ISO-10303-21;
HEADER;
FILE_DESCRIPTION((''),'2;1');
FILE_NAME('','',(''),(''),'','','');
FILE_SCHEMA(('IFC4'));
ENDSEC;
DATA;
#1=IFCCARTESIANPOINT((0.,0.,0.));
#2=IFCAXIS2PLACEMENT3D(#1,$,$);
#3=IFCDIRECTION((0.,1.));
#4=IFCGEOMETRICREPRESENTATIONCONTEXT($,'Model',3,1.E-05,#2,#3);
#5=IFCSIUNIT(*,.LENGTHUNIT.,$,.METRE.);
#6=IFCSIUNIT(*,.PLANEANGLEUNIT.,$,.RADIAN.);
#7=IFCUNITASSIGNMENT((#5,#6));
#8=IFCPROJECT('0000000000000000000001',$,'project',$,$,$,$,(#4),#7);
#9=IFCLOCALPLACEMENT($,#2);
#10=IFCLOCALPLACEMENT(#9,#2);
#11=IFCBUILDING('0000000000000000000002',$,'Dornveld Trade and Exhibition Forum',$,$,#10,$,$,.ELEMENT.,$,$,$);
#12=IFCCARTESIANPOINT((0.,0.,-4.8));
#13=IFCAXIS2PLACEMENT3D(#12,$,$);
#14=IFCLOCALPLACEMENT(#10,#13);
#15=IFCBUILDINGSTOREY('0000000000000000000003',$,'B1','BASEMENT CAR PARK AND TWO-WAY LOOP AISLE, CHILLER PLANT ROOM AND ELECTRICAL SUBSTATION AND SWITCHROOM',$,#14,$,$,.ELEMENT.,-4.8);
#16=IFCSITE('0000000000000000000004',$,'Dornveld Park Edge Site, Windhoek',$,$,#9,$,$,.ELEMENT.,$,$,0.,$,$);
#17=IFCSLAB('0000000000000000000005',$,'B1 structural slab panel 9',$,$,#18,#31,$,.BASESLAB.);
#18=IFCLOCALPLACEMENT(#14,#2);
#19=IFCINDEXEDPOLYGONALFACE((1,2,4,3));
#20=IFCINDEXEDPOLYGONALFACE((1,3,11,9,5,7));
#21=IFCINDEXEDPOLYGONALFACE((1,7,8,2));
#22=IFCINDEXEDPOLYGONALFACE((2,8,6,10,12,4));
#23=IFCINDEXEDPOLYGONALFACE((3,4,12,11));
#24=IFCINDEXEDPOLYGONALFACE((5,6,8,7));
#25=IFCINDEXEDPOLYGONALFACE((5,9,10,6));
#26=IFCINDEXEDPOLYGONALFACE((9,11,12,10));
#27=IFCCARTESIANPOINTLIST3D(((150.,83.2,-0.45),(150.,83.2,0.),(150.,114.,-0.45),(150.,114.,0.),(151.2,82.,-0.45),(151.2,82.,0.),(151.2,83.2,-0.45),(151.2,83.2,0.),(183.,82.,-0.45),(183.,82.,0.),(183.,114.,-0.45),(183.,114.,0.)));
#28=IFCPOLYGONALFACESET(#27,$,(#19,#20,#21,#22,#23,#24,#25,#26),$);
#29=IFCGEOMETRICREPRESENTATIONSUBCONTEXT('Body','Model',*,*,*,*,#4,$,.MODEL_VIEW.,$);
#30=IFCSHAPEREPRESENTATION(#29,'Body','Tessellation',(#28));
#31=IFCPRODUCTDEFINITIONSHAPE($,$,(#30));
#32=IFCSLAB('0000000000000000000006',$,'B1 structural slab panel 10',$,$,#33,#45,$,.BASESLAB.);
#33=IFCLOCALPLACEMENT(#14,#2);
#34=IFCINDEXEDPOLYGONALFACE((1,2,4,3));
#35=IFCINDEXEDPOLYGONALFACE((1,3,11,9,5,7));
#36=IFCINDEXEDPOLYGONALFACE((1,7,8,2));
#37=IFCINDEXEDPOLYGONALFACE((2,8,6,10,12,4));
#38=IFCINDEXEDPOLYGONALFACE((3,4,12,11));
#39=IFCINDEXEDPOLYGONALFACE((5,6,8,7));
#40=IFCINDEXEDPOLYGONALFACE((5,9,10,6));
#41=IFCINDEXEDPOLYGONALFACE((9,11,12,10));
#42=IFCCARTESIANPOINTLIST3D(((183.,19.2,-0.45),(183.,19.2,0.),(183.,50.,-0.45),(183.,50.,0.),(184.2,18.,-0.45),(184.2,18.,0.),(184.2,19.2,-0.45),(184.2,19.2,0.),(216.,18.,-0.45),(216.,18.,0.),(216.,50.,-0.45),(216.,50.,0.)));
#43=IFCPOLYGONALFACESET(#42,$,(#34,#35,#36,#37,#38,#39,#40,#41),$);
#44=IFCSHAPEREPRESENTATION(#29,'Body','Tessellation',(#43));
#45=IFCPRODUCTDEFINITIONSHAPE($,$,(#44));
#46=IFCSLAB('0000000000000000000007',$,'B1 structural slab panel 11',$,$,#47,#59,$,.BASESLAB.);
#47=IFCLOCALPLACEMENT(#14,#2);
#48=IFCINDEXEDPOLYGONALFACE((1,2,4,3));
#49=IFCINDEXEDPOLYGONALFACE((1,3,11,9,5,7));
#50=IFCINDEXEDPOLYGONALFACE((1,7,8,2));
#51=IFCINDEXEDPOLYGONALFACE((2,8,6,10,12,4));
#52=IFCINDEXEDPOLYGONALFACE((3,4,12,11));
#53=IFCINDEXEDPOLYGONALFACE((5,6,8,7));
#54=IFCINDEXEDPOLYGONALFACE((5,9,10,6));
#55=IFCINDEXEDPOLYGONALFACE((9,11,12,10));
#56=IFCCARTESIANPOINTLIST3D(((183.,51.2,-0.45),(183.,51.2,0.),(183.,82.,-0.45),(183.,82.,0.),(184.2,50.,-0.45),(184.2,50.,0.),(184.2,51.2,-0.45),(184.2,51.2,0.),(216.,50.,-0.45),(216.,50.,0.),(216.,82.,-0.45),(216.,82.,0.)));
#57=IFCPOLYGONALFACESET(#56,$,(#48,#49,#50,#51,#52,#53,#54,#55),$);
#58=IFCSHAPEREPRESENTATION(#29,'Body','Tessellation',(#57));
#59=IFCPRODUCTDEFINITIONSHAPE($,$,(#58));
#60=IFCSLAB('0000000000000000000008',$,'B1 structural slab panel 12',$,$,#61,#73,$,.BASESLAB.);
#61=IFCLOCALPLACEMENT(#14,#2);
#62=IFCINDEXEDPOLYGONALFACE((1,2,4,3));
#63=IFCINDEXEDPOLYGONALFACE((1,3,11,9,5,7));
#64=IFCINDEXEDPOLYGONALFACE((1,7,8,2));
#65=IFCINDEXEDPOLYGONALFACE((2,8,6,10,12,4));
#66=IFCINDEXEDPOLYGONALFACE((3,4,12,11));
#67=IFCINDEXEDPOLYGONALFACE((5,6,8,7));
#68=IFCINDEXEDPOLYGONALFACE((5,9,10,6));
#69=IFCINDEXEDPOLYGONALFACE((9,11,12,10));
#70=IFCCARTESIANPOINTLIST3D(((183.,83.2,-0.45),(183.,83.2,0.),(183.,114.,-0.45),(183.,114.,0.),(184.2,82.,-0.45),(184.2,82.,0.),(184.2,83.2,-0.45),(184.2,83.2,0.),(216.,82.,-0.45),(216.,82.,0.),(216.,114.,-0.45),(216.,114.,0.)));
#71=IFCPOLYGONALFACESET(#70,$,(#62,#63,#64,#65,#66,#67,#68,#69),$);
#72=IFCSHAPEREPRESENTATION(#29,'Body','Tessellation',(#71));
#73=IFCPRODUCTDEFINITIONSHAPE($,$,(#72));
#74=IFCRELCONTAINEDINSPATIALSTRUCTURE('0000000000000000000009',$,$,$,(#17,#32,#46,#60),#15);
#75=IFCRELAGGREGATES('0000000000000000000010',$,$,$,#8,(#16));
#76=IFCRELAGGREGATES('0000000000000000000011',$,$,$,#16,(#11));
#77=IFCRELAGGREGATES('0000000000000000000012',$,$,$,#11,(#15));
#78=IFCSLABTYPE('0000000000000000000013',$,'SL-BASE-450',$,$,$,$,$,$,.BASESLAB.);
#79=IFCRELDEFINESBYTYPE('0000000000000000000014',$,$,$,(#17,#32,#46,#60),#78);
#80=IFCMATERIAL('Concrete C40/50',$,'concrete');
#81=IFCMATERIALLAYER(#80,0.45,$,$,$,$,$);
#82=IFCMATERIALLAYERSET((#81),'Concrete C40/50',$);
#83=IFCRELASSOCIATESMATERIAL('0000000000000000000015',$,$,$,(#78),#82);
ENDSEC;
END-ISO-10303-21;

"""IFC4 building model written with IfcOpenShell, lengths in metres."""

from ifc_helpers import new_model, si_unit, direction, frame, origin, place, context, subcontext, project, spatial, polyline, outline, extrude, material, layer, layer_set, type_object, element, save


model = new_model("IFC4")

# Units and contexts
model_context = context("Model", 3, precision=1e-05, world=origin(), true_north=direction((0.0, 1.0)))
body_context = subcontext(model_context, "Body", "Model", "MODEL_VIEW")
ifc_project = project(units=[si_unit("LENGTHUNIT", "METRE"), si_unit("PLANEANGLEUNIT", "RADIAN")], contexts=[model_context])

# Site, building, storey
site_placement = place(None, origin())
site = spatial("IfcSite", under=ifc_project, at=site_placement, Name="Dornveld Park Edge Site, Windhoek", CompositionType="ELEMENT", RefElevation=0.0)
building_placement = place(site_placement, origin())
building = spatial("IfcBuilding", under=site, at=building_placement, Name="Dornveld Trade and Exhibition Forum", CompositionType="ELEMENT")
storey_placement = place(building_placement, frame((0.0, 0.0, -4.8)))
storey = spatial("IfcBuildingStorey", under=building, at=storey_placement, Name="B1", Description="BASEMENT CAR PARK AND TWO-WAY LOOP AISLE, CHILLER PLANT ROOM AND ELECTRICAL SUBSTATION AND SWITCHROOM", CompositionType="ELEMENT", Elevation=-4.8)

# Slabs
ifc_material_1 = material(Name="Concrete C40/50", Category="concrete")
ifc_layer_1 = layer(ifc_material_1, 0.45)
ifc_layer_set_1 = layer_set([ifc_layer_1], Name="Concrete C40/50")
slab_type = type_object("IfcSlabType", Name="SL-BASE-450", PredefinedType="BASESLAB", material=ifc_layer_set_1)
slab_1_placement = place(storey_placement, frame((0.0, 0.0, -0.45)))
element("IfcSlab", 1, at=slab_1_placement, inside=storey, type_object=slab_type, Name="B1 structural slab panel 9", PredefinedType="BASESLAB", context=body_context, shape_type="SweptSolid", body=[
    extrude(outline(polyline([(151.2, 82.0), (183.0, 82.0), (183.0, 114.0), (150.0, 114.0), (150.0, 83.2), (151.2, 83.2), (151.2, 82.0)])), origin(), (0.0, 0.0, 1.0), 0.45),
])
slab_2_placement = place(storey_placement, frame((0.0, 0.0, -0.45)))
element("IfcSlab", 2, at=slab_2_placement, inside=storey, type_object=slab_type, Name="B1 structural slab panel 10", PredefinedType="BASESLAB", context=body_context, shape_type="SweptSolid", body=[
    extrude(outline(polyline([(184.2, 18.0), (216.0, 18.0), (216.0, 50.0), (183.0, 50.0), (183.0, 19.2), (184.2, 19.2), (184.2, 18.0)])), origin(), (0.0, 0.0, 1.0), 0.45),
])
slab_3_placement = place(storey_placement, frame((0.0, 0.0, -0.45)))
element("IfcSlab", 3, at=slab_3_placement, inside=storey, type_object=slab_type, Name="B1 structural slab panel 11", PredefinedType="BASESLAB", context=body_context, shape_type="SweptSolid", body=[
    extrude(outline(polyline([(184.2, 50.0), (216.0, 50.0), (216.0, 82.0), (183.0, 82.0), (183.0, 51.2), (184.2, 51.2), (184.2, 50.0)])), origin(), (0.0, 0.0, 1.0), 0.45),
])
slab_4_placement = place(storey_placement, frame((0.0, 0.0, -0.45)))
element("IfcSlab", 4, at=slab_4_placement, inside=storey, type_object=slab_type, Name="B1 structural slab panel 12", PredefinedType="BASESLAB", context=body_context, shape_type="SweptSolid", body=[
    extrude(outline(polyline([(184.2, 82.0), (216.0, 82.0), (216.0, 114.0), (183.0, 114.0), (183.0, 83.2), (184.2, 83.2), (184.2, 82.0)])), origin(), (0.0, 0.0, 1.0), 0.45),
])

save(model, "model.ifc")
